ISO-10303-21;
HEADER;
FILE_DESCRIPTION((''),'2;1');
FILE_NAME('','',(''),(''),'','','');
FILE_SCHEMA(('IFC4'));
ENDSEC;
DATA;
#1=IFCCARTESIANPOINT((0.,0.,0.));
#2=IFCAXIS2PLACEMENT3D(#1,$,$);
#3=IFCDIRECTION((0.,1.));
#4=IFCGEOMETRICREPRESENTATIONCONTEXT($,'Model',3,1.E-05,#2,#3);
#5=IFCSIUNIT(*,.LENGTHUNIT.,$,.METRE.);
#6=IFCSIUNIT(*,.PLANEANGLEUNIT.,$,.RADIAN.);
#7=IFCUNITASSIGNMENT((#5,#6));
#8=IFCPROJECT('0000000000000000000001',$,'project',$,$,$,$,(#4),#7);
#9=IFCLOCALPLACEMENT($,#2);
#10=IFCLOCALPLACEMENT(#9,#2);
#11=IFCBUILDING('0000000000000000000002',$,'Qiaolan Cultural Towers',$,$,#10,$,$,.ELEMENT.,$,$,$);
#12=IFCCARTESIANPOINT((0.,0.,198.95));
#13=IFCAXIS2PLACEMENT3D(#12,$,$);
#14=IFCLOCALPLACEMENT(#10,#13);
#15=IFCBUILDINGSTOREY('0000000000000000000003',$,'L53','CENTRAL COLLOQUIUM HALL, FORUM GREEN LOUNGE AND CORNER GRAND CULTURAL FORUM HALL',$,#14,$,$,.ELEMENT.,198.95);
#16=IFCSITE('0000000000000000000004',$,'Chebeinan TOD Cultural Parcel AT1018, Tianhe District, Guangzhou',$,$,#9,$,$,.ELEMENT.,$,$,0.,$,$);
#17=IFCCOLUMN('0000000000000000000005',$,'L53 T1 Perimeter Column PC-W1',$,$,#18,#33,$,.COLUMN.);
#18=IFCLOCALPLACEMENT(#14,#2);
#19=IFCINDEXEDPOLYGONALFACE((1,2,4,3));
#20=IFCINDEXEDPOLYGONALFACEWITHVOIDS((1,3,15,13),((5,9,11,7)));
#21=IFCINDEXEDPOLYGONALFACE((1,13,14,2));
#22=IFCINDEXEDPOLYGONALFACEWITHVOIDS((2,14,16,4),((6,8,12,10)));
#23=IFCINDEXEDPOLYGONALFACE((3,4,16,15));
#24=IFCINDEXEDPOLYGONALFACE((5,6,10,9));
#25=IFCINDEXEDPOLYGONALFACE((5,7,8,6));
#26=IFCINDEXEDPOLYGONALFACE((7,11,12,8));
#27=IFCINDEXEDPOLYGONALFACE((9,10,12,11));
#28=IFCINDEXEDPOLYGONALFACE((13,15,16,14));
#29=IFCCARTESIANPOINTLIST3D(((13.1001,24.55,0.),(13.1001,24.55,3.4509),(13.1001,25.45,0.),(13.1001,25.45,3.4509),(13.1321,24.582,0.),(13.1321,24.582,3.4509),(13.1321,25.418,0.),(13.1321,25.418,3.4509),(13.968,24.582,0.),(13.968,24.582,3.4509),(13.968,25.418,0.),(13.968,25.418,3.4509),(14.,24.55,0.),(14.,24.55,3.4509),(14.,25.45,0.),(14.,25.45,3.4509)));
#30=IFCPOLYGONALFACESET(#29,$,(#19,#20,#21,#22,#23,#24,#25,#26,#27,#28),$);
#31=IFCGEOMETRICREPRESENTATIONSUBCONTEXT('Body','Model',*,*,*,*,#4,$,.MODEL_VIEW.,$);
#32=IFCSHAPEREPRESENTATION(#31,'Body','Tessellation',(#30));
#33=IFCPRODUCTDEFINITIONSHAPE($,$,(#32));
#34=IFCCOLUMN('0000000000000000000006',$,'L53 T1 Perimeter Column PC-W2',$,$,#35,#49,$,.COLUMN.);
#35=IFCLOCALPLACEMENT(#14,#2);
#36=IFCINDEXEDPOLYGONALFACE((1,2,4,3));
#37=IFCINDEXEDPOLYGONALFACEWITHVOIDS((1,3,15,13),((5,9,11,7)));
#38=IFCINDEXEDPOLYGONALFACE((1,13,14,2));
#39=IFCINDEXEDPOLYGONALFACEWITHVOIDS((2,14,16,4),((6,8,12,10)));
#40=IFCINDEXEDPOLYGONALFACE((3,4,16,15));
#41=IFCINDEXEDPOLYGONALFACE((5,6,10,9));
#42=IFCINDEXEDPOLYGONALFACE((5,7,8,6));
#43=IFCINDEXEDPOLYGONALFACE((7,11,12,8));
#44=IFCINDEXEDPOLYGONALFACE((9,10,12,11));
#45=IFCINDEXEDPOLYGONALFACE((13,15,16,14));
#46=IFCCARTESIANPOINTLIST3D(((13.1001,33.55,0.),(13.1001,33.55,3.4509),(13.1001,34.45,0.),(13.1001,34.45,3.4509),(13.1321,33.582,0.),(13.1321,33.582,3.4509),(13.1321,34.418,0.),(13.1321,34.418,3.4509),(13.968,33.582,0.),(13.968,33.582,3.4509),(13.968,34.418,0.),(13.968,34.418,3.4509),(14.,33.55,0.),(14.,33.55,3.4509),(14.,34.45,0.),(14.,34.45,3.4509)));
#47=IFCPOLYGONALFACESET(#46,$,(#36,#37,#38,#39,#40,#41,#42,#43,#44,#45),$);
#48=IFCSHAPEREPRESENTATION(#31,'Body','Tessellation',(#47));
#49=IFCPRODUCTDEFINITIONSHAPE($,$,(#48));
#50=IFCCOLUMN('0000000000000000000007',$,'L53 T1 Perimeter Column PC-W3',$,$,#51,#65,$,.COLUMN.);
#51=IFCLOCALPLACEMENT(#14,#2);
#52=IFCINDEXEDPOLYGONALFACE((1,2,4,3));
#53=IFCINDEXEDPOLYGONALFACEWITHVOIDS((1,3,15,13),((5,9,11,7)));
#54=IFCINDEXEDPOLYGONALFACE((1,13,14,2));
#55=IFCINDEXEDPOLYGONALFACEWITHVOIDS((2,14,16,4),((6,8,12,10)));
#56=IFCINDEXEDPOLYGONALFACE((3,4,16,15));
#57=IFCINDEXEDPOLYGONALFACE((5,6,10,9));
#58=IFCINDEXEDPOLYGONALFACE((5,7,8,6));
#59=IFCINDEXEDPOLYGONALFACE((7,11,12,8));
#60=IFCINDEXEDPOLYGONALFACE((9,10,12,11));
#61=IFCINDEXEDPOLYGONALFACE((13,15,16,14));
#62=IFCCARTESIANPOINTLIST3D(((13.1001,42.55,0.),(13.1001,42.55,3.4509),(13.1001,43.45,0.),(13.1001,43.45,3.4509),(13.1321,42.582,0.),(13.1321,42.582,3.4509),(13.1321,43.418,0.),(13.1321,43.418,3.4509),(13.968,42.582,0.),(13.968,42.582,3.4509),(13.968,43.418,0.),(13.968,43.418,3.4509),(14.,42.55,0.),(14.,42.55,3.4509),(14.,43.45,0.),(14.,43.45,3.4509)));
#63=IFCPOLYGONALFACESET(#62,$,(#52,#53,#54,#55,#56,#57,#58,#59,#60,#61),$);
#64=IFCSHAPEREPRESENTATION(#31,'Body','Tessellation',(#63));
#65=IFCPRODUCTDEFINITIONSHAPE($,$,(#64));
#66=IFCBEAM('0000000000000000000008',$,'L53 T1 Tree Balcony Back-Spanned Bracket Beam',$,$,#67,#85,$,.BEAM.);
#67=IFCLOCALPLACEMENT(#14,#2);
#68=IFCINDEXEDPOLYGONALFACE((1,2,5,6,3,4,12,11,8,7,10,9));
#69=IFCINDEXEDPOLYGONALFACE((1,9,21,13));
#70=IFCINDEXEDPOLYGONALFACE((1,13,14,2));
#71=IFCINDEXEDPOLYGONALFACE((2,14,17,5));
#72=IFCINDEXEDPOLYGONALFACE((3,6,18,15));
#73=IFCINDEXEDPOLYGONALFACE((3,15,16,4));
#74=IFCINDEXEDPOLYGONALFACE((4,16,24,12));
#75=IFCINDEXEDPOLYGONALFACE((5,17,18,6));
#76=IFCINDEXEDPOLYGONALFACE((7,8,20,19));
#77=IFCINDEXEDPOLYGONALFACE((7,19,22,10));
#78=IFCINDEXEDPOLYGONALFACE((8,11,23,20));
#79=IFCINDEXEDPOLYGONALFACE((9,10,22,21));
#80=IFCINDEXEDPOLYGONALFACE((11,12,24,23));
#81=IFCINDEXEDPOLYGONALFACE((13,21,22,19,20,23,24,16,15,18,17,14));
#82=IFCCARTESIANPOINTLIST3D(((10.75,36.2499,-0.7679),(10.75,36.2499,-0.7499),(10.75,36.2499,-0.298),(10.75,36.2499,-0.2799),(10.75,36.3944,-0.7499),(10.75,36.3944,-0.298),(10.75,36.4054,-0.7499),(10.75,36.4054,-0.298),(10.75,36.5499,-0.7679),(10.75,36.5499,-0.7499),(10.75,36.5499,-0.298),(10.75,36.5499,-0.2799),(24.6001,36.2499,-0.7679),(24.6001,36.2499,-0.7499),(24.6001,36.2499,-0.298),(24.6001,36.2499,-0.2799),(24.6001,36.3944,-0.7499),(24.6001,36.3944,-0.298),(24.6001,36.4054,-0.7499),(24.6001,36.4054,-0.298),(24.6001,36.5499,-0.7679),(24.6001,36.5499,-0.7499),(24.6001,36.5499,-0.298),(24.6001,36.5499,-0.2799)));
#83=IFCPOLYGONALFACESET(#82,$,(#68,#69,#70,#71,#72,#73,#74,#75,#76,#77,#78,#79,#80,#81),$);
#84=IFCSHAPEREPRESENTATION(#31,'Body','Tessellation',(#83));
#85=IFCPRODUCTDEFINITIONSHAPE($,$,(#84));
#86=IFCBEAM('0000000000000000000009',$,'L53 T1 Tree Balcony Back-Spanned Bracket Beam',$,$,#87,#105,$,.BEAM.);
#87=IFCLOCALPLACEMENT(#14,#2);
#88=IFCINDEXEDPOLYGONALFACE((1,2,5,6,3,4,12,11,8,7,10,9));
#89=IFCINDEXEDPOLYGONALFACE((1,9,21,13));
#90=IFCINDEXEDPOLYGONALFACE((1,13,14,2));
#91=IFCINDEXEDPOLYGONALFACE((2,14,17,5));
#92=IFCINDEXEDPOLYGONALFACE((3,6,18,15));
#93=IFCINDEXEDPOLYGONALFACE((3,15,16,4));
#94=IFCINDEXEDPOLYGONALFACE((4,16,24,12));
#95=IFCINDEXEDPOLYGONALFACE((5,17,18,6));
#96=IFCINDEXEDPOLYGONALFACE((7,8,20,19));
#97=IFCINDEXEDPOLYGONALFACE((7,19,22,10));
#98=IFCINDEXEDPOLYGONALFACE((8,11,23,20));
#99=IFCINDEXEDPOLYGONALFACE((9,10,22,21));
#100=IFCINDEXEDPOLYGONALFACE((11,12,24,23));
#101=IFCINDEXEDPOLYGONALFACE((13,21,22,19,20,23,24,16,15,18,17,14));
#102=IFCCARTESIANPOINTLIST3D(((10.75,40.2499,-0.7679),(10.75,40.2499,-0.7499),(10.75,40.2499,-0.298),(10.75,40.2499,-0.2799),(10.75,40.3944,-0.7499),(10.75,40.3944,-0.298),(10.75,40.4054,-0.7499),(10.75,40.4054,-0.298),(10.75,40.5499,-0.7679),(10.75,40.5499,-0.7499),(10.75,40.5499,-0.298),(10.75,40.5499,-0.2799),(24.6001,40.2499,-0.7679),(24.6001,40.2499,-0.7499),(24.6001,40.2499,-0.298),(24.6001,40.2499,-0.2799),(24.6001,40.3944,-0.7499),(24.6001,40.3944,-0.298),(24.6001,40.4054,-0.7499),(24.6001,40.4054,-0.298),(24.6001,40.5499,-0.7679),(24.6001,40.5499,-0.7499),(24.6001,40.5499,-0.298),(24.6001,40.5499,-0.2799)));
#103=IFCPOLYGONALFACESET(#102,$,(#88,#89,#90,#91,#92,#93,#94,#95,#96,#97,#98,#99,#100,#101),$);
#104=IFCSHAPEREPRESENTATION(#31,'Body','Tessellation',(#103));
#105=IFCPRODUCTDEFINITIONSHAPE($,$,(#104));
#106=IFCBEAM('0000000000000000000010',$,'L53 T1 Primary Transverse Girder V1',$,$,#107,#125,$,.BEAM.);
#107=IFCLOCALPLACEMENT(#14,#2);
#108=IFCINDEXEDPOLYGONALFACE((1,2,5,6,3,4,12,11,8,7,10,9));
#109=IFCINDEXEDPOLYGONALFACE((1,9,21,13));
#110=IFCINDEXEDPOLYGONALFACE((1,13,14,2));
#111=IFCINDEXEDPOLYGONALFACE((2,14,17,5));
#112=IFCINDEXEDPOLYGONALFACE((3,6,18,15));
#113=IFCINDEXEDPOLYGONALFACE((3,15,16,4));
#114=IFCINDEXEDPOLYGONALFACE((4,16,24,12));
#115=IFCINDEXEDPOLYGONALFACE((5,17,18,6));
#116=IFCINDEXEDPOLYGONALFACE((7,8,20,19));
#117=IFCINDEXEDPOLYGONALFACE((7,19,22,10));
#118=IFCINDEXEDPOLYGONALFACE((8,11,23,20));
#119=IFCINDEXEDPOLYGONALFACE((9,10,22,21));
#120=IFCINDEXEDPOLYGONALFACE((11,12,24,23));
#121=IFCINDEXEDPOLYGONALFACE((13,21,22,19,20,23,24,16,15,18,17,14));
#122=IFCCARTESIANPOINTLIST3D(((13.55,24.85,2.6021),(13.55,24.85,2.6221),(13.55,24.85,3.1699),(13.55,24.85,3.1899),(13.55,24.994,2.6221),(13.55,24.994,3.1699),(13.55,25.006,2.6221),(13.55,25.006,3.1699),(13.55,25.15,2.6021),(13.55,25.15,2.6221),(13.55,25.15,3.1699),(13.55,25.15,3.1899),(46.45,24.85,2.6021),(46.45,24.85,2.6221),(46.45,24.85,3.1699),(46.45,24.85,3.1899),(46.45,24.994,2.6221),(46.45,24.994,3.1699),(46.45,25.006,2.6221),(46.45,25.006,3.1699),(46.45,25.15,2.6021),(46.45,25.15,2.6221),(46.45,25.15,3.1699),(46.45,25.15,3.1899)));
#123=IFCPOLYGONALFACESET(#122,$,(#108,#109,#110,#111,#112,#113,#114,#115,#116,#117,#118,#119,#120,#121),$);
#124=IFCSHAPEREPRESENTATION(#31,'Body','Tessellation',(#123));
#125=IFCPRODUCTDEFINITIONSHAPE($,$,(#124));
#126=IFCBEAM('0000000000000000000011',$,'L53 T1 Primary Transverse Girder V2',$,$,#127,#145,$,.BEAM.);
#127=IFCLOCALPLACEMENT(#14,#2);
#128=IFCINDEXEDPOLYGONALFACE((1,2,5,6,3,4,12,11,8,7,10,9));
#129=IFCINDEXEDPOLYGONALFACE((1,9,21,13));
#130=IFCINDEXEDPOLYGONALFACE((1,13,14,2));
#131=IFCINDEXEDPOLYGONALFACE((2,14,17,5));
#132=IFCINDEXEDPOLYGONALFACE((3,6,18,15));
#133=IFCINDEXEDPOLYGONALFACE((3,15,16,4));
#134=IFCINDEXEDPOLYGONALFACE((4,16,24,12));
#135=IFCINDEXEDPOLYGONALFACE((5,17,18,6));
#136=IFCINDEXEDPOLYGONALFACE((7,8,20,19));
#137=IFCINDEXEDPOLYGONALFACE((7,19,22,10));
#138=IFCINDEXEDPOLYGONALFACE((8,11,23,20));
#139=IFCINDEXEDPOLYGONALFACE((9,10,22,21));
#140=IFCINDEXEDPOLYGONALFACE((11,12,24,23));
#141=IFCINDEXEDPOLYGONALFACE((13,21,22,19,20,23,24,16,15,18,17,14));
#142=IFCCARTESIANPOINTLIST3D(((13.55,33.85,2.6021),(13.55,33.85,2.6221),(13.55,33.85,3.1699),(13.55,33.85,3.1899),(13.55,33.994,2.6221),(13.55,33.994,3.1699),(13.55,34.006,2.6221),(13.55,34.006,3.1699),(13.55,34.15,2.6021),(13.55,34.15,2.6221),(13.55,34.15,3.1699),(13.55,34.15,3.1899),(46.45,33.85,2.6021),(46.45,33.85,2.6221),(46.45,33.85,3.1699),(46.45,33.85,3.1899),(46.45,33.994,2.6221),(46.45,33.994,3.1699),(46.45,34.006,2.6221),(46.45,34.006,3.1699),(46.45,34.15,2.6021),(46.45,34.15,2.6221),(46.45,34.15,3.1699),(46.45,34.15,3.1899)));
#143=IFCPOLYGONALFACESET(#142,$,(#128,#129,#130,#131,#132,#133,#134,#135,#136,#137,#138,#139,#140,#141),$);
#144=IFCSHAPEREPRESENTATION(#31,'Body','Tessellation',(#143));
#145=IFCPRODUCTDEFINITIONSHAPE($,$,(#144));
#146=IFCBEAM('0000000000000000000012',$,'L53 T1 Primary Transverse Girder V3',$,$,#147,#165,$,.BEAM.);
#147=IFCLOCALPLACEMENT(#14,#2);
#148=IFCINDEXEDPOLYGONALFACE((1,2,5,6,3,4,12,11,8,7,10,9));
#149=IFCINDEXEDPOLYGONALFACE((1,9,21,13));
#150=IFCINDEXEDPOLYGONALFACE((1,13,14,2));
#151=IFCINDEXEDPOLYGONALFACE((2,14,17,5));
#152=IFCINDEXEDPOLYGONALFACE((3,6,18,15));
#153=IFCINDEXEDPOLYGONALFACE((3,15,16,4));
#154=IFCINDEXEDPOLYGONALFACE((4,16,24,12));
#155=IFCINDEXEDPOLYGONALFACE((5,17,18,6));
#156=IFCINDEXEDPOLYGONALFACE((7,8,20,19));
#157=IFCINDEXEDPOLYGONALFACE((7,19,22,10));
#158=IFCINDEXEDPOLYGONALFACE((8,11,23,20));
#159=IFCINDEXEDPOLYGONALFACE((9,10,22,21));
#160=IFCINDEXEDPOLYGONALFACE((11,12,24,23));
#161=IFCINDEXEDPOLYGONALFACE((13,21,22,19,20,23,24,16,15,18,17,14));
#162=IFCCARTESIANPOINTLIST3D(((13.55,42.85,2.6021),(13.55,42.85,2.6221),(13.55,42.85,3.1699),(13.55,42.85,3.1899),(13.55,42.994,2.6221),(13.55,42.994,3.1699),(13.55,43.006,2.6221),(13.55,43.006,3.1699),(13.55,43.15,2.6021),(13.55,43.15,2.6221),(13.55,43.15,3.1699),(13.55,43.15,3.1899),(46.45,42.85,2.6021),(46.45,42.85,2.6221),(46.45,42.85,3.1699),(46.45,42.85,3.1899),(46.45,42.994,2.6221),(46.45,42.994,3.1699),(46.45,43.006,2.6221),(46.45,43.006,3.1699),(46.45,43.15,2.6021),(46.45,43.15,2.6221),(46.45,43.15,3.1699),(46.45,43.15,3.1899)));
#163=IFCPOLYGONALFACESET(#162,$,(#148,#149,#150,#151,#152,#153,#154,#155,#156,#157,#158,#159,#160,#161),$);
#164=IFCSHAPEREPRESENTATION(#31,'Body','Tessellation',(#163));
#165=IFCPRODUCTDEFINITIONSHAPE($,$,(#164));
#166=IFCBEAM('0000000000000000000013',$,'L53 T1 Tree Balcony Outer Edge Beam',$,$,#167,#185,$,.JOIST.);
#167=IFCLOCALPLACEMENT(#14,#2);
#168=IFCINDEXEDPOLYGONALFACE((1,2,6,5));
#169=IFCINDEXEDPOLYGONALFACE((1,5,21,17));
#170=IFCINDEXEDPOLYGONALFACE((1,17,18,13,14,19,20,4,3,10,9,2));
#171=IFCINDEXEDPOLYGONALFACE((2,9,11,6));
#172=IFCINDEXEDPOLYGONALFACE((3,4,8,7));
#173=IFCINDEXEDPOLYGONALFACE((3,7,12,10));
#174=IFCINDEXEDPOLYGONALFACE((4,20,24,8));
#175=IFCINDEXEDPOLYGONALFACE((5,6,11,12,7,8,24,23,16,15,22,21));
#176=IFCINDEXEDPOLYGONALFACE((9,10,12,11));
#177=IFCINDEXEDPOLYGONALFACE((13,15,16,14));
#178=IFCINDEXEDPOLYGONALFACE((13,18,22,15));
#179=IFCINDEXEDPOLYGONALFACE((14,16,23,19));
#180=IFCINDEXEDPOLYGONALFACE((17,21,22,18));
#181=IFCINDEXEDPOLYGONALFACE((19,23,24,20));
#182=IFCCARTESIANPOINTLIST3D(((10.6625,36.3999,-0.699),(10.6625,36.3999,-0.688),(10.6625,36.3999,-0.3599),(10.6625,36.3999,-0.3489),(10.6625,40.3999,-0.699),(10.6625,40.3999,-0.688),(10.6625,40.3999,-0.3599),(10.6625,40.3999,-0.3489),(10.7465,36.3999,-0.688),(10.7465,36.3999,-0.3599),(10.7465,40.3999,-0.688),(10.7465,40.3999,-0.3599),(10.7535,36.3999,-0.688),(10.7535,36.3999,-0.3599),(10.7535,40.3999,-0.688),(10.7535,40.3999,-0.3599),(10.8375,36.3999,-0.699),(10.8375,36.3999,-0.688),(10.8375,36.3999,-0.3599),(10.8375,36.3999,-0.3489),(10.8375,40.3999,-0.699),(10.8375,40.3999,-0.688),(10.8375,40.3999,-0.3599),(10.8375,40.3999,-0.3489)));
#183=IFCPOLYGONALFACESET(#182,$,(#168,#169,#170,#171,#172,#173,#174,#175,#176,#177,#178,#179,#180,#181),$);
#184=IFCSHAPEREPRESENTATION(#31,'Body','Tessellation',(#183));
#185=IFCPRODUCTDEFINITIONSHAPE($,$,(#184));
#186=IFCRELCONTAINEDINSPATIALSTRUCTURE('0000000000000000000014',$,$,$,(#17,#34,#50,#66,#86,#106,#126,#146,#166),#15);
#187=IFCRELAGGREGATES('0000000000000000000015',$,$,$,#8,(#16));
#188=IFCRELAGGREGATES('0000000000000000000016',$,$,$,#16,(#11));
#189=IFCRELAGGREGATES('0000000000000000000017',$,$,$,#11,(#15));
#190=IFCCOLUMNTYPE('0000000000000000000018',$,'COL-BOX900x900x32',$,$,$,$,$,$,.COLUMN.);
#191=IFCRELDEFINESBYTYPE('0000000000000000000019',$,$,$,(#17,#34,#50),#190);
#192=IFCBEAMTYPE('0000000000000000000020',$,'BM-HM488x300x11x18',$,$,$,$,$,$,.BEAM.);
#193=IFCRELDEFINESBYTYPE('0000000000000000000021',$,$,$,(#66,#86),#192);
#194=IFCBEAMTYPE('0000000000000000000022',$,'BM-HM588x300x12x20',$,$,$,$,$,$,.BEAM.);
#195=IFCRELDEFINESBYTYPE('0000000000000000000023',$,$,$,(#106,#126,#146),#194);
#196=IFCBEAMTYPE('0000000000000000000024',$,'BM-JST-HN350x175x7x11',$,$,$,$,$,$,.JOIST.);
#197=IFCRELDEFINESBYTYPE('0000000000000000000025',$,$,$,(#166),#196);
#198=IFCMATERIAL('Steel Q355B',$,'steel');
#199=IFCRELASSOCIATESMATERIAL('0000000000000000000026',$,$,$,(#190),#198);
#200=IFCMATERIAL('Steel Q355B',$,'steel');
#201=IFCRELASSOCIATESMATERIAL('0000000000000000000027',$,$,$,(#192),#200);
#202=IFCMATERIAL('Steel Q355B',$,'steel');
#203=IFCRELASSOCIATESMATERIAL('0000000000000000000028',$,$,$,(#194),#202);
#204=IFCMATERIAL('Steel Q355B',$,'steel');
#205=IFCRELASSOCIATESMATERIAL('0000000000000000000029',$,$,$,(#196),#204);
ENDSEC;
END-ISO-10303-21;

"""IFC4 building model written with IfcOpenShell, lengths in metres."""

from ifc_helpers import new_model, si_unit, direction, frame, origin, origin_2d, place, context, subcontext, project, spatial, hollow_rectangle, i_section, extrude, material, material_profile, profile_set, type_object, element, save


model = new_model("IFC4")

# Units and contexts
model_context = context("Model", 3, precision=1e-05, world=origin(), true_north=direction((0.0, 1.0)))
body_context = subcontext(model_context, "Body", "Model", "MODEL_VIEW")
ifc_project = project(units=[si_unit("LENGTHUNIT", "METRE"), si_unit("PLANEANGLEUNIT", "RADIAN")], contexts=[model_context])

# Site, building, storey
site_placement = place(None, origin())
site = spatial("IfcSite", under=ifc_project, at=site_placement, Name="Chebeinan TOD Cultural Parcel AT1018, Tianhe District, Guangzhou", CompositionType="ELEMENT", RefElevation=0.0)
building_placement = place(site_placement, origin())
building = spatial("IfcBuilding", under=site, at=building_placement, Name="Qiaolan Cultural Towers", CompositionType="ELEMENT")
storey_placement = place(building_placement, frame((0.0, 0.0, 198.95)))
storey = spatial("IfcBuildingStorey", under=building, at=storey_placement, Name="L53", Description="CENTRAL COLLOQUIUM HALL, FORUM GREEN LOUNGE AND CORNER GRAND CULTURAL FORUM HALL", CompositionType="ELEMENT", Elevation=198.95)

# Columns
ifc_material_1 = material(Name="Steel Q355B", Category="steel")
ifc_material_profile_1 = material_profile(ifc_material_1, hollow_rectangle(XDim=0.8999, YDim=0.8999, WallThickness=0.032, at=origin_2d()), Name="BOX900x900x32")
ifc_profile_set_1 = profile_set([ifc_material_profile_1], Name="Steel Q355B")
column_type = type_object("IfcColumnType", Name="COL-BOX900x900x32", PredefinedType="COLUMN", material=ifc_profile_set_1)
for number, where, z_axis, x_axis, name in (
    (1, (13.55, 25.0, 0.0), (0.0, 0.0, 1.0), (1.0, 0.0, 0.0), "L53 T1 Perimeter Column PC-W1"),
    (2, (13.55, 34.0, 0.0), (0.0, 0.0, 1.0), (1.0, 0.0, 0.0), "L53 T1 Perimeter Column PC-W2"),
    (3, (13.55, 43.0, 0.0), (0.0, 0.0, 1.0), (1.0, 0.0, 0.0), "L53 T1 Perimeter Column PC-W3"),
):
    element("IfcColumn", number, at=place(storey_placement, frame(where, z_axis=z_axis, x_axis=x_axis)), inside=storey, type_object=column_type, Name=name, PredefinedType="COLUMN", context=body_context, shape_type="SweptSolid", body=[
        extrude(hollow_rectangle(XDim=0.8999, YDim=0.8999, WallThickness=0.032, at=origin_2d()), origin(), (0.0, 0.0, 1.0), 3.4509),
    ])

# Beams
ifc_material_2 = material(Name="Steel Q355B", Category="steel")
ifc_material_profile_2 = material_profile(ifc_material_2, i_section(OverallWidth=0.3, OverallDepth=0.488, WebThickness=0.011, FlangeThickness=0.0181, at=origin_2d()), Name="HM488x300x11x18")
ifc_profile_set_2 = profile_set([ifc_material_profile_2], Name="Steel Q355B")
beam_type_1 = type_object("IfcBeamType", Name="BM-HM488x300x11x18", PredefinedType="BEAM", material=ifc_profile_set_2)
for number, where, z_axis, x_axis, name in (
    (4, (24.6001, 36.3999, -0.5239), (-1.0, 0.0, 0.0), (0.0, -1.0, 0.0), "L53 T1 Tree Balcony Back-Spanned Bracket Beam"),
    (5, (24.6001, 40.3999, -0.5239), (-1.0, 0.0, 0.0), (0.0, -1.0, 0.0), "L53 T1 Tree Balcony Back-Spanned Bracket Beam"),
):
    element("IfcBeam", number, at=place(storey_placement, frame(where, z_axis=z_axis, x_axis=x_axis)), inside=storey, type_object=beam_type_1, Name=name, PredefinedType="BEAM", context=body_context, shape_type="SweptSolid", body=[
        extrude(i_section(OverallWidth=0.3, OverallDepth=0.488, WebThickness=0.011, FlangeThickness=0.0181, at=origin_2d()), origin(), (0.0, 0.0, 1.0), 13.8501),
    ])
ifc_material_3 = material(Name="Steel Q355B", Category="steel")
ifc_material_profile_3 = material_profile(ifc_material_3, i_section(OverallWidth=0.3, OverallDepth=0.5879, WebThickness=0.012, FlangeThickness=0.02, at=origin_2d()), Name="HM588x300x12x20")
ifc_profile_set_3 = profile_set([ifc_material_profile_3], Name="Steel Q355B")
beam_type_2 = type_object("IfcBeamType", Name="BM-HM588x300x12x20", PredefinedType="BEAM", material=ifc_profile_set_3)
for number, where, z_axis, x_axis, name in (
    (6, (13.55, 25.0, 2.896), (1.0, 0.0, 0.0), (0.0, 1.0, 0.0), "L53 T1 Primary Transverse Girder V1"),
    (7, (13.55, 34.0, 2.896), (1.0, 0.0, 0.0), (0.0, 1.0, 0.0), "L53 T1 Primary Transverse Girder V2"),
    (8, (13.55, 43.0, 2.896), (1.0, 0.0, 0.0), (0.0, 1.0, 0.0), "L53 T1 Primary Transverse Girder V3"),
):
    element("IfcBeam", number, at=place(storey_placement, frame(where, z_axis=z_axis, x_axis=x_axis)), inside=storey, type_object=beam_type_2, Name=name, PredefinedType="BEAM", context=body_context, shape_type="SweptSolid", body=[
        extrude(i_section(OverallWidth=0.3, OverallDepth=0.5879, WebThickness=0.012, FlangeThickness=0.02, at=origin_2d()), origin(), (0.0, 0.0, 1.0), 32.8999),
    ])
ifc_material_4 = material(Name="Steel Q355B", Category="steel")
ifc_material_profile_4 = material_profile(ifc_material_4, i_section(OverallWidth=0.175, OverallDepth=0.3501, WebThickness=0.0071, FlangeThickness=0.011, at=origin_2d()), Name="HN350x175x7x11")
ifc_profile_set_4 = profile_set([ifc_material_profile_4], Name="Steel Q355B")
beam_type_3 = type_object("IfcBeamType", Name="BM-JST-HN350x175x7x11", PredefinedType="JOIST", material=ifc_profile_set_4)
beam_1_placement = place(storey_placement, frame((10.75, 36.3999, -0.5239), z_axis=(0.0, 1.0, 0.0), x_axis=(-1.0, 0.0, 0.0)))
element("IfcBeam", 9, at=beam_1_placement, inside=storey, type_object=beam_type_3, Name="L53 T1 Tree Balcony Outer Edge Beam", PredefinedType="JOIST", context=body_context, shape_type="SweptSolid", body=[
    extrude(i_section(OverallWidth=0.175, OverallDepth=0.3501, WebThickness=0.0071, FlangeThickness=0.011, at=origin_2d()), origin(), (0.0, 0.0, 1.0), 4.0),
])

save(model, "model.ifc")
